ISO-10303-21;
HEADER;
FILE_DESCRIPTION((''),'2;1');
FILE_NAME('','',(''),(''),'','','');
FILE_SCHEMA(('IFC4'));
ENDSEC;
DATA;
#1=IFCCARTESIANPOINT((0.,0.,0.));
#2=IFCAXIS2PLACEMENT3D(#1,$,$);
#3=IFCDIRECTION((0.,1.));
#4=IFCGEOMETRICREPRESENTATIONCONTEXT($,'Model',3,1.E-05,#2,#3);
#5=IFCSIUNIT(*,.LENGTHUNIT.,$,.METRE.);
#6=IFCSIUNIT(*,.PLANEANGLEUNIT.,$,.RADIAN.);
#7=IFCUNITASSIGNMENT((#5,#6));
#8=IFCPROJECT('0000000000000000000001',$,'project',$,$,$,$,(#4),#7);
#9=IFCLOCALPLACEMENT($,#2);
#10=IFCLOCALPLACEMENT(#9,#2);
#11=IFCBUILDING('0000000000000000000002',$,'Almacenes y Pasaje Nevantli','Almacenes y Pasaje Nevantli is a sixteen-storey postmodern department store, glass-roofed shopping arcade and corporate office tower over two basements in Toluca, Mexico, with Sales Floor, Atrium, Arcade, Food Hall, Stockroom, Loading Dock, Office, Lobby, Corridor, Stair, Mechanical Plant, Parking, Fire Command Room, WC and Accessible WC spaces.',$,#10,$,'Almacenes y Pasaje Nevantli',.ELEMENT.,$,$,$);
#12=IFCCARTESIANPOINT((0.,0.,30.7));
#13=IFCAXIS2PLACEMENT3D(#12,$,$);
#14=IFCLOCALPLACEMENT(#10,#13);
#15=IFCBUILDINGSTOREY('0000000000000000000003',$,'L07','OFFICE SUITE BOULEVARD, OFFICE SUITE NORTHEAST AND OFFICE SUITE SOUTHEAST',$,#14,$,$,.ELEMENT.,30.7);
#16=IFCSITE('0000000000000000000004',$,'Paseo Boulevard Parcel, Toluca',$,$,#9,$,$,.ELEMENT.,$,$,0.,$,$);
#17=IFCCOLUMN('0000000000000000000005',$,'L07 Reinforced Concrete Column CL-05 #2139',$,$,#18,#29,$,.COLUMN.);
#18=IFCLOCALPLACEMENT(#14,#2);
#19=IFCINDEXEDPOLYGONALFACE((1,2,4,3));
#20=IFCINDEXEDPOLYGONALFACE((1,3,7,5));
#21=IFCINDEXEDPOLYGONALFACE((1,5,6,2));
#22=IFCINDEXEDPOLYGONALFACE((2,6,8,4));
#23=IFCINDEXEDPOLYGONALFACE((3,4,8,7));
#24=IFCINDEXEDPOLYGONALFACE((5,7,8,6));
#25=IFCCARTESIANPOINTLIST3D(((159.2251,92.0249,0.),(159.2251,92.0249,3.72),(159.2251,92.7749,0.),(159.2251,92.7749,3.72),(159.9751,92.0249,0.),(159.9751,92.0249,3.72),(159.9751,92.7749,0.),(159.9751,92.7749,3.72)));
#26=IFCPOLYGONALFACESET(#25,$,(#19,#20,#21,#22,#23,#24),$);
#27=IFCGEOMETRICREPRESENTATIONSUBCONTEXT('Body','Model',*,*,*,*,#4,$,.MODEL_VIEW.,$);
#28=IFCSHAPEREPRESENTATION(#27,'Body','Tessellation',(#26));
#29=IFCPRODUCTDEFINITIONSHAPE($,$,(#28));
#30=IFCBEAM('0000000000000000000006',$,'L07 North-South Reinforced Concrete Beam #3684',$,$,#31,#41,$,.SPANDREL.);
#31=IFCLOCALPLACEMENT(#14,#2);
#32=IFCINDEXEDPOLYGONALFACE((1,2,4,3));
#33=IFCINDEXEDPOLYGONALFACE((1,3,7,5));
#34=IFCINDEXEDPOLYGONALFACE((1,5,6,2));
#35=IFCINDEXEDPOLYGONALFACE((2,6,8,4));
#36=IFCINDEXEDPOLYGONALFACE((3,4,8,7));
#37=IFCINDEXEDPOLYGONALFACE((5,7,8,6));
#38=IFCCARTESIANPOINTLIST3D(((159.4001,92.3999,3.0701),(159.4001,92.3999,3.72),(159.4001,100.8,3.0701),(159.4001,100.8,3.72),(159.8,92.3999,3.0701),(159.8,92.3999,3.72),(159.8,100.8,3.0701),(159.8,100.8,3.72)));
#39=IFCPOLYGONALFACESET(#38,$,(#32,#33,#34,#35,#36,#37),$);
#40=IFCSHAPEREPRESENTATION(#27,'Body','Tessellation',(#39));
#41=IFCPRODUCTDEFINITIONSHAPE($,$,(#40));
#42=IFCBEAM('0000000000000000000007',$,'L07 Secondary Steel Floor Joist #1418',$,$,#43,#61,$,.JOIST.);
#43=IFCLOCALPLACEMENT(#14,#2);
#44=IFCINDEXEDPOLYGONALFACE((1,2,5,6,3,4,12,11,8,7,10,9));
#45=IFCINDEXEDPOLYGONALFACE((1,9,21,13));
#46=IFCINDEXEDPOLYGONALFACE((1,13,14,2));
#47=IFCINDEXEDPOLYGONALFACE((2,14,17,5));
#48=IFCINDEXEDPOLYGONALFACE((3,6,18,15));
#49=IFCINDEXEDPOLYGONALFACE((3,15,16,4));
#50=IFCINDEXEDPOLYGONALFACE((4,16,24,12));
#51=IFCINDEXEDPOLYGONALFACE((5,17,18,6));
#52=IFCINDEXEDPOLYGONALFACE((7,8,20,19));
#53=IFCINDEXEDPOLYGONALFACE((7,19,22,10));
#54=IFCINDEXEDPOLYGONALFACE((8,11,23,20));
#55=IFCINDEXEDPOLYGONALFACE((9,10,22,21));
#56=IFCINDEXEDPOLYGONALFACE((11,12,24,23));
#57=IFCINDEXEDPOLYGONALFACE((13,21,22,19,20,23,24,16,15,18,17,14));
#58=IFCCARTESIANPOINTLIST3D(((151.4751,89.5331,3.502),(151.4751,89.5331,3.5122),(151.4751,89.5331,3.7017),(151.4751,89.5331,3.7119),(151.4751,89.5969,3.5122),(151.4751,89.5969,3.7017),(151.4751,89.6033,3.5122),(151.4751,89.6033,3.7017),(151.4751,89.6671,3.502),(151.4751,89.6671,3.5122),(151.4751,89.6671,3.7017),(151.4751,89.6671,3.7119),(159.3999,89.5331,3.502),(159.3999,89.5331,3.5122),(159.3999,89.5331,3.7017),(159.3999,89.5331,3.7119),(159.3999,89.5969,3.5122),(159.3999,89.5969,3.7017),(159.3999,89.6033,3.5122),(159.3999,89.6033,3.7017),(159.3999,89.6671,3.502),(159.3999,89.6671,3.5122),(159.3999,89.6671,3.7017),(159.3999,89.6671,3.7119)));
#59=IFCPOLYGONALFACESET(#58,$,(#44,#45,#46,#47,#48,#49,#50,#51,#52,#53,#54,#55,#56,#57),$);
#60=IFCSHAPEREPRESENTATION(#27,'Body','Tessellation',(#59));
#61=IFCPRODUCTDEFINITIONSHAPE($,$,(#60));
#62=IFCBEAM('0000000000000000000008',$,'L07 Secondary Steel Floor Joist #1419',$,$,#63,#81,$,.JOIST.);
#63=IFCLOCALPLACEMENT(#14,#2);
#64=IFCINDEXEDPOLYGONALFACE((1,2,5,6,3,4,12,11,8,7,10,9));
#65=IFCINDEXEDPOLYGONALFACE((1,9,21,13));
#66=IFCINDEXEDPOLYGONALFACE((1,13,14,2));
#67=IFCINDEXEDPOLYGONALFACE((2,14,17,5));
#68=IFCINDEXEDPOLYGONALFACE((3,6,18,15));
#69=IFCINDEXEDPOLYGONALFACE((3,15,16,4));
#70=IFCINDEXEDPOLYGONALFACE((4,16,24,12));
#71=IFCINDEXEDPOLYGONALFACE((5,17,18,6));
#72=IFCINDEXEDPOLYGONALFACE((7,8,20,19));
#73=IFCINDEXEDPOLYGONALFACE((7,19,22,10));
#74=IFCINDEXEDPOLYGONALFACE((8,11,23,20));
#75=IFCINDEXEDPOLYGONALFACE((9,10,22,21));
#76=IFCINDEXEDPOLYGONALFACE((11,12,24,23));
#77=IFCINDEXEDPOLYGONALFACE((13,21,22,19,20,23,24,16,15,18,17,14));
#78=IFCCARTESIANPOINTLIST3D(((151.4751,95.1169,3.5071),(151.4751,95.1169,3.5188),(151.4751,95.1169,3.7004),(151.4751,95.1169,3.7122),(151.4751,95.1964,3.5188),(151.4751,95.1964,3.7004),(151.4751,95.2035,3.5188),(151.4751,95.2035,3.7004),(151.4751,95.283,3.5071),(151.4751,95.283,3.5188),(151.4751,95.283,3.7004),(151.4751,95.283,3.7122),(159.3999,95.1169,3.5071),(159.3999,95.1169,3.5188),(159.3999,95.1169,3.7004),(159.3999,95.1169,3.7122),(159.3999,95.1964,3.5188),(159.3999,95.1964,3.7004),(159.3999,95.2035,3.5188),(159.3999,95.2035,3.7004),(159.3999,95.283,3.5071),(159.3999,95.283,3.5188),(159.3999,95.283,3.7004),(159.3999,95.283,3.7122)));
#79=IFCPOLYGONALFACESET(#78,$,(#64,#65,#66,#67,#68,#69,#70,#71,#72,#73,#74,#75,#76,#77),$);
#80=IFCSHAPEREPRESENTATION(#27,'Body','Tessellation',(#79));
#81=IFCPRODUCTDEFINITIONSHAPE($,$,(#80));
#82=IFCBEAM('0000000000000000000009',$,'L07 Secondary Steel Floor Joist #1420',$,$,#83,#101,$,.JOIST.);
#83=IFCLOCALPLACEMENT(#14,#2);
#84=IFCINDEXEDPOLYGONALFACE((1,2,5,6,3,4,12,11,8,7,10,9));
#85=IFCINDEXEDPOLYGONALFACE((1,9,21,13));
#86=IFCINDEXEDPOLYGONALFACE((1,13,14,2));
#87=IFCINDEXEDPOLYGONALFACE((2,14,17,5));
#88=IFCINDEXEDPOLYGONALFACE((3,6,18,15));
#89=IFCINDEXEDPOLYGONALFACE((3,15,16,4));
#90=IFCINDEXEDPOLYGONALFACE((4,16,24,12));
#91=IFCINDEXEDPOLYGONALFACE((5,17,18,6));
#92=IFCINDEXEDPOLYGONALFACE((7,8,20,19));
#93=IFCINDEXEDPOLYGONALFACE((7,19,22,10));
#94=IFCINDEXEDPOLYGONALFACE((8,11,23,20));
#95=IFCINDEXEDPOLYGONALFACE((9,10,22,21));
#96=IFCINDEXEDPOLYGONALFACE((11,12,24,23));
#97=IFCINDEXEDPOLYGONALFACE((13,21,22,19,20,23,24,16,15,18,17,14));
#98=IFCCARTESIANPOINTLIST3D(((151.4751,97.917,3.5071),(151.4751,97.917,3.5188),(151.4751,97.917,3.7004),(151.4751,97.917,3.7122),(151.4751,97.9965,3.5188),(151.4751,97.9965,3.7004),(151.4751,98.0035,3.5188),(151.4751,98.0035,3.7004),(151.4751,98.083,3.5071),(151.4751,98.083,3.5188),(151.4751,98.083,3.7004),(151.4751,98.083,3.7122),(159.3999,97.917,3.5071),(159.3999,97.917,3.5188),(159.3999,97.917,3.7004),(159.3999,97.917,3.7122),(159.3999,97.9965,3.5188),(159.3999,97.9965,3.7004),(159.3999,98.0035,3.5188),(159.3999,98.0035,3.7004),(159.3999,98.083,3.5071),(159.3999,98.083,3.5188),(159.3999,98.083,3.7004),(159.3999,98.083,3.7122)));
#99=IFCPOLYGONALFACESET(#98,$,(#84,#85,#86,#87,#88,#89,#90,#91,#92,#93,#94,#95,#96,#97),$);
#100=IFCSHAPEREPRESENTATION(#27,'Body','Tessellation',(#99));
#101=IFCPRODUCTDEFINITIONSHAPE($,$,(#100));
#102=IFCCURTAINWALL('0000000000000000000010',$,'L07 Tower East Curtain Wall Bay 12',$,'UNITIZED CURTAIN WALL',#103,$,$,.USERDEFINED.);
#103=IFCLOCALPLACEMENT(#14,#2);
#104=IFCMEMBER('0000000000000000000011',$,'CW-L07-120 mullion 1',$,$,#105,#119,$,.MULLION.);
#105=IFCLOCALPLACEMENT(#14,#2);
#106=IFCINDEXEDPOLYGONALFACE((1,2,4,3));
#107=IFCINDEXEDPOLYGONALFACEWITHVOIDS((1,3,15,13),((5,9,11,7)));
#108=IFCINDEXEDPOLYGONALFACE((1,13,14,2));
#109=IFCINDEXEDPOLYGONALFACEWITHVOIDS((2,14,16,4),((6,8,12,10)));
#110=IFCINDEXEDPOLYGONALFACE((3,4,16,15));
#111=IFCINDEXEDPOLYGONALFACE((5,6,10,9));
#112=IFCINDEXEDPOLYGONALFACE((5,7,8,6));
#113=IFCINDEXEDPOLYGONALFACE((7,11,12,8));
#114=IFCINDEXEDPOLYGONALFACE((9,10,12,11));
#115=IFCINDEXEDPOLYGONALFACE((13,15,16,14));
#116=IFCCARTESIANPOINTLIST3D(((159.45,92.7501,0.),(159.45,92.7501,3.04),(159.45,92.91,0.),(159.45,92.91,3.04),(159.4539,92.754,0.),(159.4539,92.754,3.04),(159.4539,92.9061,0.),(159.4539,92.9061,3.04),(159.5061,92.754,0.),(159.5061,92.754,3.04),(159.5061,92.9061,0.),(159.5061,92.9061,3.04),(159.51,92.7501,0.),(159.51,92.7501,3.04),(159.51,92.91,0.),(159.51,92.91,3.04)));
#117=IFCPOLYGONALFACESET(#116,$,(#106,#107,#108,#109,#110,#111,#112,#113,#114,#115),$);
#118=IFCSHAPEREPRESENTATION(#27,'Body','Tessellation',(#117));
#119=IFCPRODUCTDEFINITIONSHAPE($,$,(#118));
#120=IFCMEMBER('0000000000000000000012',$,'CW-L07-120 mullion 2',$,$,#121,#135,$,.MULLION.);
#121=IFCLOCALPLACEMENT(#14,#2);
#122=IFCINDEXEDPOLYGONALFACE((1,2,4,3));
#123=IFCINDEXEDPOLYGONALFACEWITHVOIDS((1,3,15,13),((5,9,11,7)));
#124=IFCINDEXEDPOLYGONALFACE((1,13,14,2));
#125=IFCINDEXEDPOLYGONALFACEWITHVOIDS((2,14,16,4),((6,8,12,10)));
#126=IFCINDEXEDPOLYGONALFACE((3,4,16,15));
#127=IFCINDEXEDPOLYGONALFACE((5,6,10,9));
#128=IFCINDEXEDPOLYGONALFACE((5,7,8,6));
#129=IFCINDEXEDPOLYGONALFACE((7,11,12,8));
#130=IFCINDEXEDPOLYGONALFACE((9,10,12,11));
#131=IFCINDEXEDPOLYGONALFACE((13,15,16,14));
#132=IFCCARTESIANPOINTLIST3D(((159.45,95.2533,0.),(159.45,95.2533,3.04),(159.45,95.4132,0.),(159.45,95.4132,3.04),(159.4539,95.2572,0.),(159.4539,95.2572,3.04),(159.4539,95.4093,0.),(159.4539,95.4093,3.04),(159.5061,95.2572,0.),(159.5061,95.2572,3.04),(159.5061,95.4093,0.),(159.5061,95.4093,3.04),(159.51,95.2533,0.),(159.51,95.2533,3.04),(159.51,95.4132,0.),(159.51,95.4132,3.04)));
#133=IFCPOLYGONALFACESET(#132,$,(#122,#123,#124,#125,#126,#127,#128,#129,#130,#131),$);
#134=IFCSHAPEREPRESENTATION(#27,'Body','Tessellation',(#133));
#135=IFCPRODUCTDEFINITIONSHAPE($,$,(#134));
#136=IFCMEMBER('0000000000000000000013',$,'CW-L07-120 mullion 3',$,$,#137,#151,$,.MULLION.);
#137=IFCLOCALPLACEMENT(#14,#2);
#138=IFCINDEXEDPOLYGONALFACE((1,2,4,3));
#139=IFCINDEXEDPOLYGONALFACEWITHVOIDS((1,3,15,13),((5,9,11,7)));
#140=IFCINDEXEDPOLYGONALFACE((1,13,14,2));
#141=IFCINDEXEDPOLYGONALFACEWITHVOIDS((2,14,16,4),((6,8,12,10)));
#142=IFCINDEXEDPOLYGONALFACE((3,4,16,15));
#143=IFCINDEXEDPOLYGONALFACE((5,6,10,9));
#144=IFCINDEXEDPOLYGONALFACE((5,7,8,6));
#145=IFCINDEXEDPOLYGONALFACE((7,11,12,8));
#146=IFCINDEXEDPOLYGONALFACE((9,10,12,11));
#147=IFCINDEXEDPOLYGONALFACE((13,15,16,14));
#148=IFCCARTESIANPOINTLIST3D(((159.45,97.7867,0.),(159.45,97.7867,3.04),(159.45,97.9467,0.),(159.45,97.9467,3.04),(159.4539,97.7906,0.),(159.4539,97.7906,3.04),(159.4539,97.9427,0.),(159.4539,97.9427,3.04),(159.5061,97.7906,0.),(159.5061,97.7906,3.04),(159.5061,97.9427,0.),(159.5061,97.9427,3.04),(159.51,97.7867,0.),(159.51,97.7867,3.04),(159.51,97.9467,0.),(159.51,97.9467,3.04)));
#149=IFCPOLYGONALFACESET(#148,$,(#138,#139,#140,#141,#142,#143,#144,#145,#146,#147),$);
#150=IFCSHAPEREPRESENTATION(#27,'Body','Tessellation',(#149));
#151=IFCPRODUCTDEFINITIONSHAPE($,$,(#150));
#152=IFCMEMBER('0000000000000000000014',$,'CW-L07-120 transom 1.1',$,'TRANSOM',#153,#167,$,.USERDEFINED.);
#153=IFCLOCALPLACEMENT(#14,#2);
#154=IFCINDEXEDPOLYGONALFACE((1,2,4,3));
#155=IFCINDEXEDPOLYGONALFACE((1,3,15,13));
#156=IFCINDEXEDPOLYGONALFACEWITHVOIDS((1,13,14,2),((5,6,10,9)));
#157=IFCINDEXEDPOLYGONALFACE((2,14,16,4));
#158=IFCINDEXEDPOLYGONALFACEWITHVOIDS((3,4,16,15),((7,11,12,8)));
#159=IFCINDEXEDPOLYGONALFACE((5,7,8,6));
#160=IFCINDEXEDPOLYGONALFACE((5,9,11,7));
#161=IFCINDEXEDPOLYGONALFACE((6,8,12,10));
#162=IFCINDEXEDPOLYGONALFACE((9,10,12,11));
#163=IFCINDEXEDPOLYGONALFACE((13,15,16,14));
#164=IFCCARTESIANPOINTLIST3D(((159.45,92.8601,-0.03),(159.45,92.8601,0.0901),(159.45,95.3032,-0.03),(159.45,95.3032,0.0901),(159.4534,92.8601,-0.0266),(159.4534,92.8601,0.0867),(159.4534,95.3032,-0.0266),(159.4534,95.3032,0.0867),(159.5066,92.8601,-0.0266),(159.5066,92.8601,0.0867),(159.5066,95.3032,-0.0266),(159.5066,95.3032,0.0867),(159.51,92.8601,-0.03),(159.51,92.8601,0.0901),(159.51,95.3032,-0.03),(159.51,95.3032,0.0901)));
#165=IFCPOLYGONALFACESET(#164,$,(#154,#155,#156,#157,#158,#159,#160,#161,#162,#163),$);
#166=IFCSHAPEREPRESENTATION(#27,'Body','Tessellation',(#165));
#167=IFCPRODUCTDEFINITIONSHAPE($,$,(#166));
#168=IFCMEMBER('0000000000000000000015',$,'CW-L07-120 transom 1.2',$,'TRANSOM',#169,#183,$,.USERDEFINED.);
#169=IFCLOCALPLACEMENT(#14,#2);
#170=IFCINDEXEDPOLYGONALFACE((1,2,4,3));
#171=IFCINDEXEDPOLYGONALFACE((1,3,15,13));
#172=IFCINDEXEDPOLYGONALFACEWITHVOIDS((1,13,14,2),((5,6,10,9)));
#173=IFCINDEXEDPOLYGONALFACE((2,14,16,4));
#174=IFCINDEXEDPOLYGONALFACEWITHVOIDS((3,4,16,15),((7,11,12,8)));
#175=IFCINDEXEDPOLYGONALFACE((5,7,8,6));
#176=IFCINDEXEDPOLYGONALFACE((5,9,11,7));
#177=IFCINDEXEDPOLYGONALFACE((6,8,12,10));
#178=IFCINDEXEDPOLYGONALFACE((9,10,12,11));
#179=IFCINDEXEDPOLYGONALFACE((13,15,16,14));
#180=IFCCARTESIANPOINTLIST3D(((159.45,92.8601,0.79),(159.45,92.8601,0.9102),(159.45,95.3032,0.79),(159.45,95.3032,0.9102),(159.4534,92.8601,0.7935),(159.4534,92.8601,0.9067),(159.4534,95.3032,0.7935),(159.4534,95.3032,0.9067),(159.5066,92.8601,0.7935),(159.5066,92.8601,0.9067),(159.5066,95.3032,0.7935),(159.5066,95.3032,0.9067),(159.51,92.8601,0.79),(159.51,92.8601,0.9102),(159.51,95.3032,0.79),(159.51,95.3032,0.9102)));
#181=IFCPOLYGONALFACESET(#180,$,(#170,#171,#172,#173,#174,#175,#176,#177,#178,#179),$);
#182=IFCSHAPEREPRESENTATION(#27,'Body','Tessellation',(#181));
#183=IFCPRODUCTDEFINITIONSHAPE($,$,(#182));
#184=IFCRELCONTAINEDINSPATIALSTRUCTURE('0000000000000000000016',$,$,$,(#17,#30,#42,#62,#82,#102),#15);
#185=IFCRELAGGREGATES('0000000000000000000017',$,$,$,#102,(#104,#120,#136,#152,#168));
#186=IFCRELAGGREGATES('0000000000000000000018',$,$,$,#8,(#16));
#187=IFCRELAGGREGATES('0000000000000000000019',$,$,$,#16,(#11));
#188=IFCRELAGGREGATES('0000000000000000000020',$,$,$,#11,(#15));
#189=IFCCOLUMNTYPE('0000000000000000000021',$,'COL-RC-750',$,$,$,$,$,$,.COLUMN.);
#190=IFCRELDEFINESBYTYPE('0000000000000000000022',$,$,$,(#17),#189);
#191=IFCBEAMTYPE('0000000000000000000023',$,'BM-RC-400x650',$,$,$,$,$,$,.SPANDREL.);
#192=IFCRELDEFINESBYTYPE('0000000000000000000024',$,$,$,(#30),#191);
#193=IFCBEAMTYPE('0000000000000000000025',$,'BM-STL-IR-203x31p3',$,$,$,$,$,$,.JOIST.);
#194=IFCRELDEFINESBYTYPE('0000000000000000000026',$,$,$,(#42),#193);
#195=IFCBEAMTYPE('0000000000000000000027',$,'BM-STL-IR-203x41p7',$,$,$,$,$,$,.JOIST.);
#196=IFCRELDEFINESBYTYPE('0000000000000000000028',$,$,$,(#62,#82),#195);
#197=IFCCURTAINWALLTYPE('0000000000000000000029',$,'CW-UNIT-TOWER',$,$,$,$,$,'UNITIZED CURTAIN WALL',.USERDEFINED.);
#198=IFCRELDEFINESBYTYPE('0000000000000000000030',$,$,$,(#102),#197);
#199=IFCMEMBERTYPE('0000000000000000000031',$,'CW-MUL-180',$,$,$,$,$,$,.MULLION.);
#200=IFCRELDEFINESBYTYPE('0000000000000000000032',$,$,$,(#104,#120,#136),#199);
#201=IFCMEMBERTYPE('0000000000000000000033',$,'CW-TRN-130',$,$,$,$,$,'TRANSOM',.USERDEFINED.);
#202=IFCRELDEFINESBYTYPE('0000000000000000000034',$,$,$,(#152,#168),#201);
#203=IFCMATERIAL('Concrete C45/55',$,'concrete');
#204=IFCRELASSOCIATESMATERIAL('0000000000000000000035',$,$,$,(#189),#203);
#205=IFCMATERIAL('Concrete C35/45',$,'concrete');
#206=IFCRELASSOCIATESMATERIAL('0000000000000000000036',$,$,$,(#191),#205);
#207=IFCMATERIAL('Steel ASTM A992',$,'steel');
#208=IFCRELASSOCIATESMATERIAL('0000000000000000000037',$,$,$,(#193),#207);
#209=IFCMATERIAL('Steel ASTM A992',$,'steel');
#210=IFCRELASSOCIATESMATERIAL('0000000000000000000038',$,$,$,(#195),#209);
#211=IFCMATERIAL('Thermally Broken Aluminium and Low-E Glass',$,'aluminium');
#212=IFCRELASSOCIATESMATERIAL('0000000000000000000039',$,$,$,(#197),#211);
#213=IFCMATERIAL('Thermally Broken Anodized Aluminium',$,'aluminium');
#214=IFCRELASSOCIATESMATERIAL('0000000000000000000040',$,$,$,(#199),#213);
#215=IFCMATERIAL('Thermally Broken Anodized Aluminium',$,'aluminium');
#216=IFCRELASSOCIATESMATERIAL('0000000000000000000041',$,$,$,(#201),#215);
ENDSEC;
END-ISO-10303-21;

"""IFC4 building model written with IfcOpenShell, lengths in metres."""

from ifc_helpers import new_model, si_unit, direction, frame, origin, origin_2d, place, context, subcontext, project, spatial, rectangle, hollow_rectangle, i_section, extrude, material, material_profile, profile_set, type_object, element, aggregate, save


model = new_model("IFC4")

# Units and contexts
model_context = context("Model", 3, precision=1e-05, world=origin(), true_north=direction((0.0, 1.0)))
body_context = subcontext(model_context, "Body", "Model", "MODEL_VIEW")
ifc_project = project(units=[si_unit("LENGTHUNIT", "METRE"), si_unit("PLANEANGLEUNIT", "RADIAN")], contexts=[model_context])

# Site, building, storey
site_placement = place(None, origin())
site = spatial("IfcSite", under=ifc_project, at=site_placement, Name="Paseo Boulevard Parcel, Toluca", CompositionType="ELEMENT", RefElevation=0.0)
building_placement = place(site_placement, origin())
building = spatial("IfcBuilding", under=site, at=building_placement, Name="Almacenes y Pasaje Nevantli", Description="Almacenes y Pasaje Nevantli is a sixteen-storey postmodern department store, glass-roofed shopping arcade and corporate office tower over two basements in Toluca, Mexico, with Sales Floor, Atrium, Arcade, Food Hall, Stockroom, Loading Dock, Office, Lobby, Corridor, Stair, Mechanical Plant, Parking, Fire Command Room, WC and Accessible WC spaces.", LongName="Almacenes y Pasaje Nevantli", CompositionType="ELEMENT")
storey_placement = place(building_placement, frame((0.0, 0.0, 30.7)))
storey = spatial("IfcBuildingStorey", under=building, at=storey_placement, Name="L07", Description="OFFICE SUITE BOULEVARD, OFFICE SUITE NORTHEAST AND OFFICE SUITE SOUTHEAST", CompositionType="ELEMENT", Elevation=30.7)

# Column
ifc_material_1 = material(Name="Concrete C45/55", Category="concrete")
ifc_material_profile_1 = material_profile(ifc_material_1, rectangle(XDim=0.75, YDim=0.75, at=origin_2d()), Name="RC-COL-750x750")
ifc_profile_set_1 = profile_set([ifc_material_profile_1], Name="Concrete C45/55")
column_type = type_object("IfcColumnType", Name="COL-RC-750", PredefinedType="COLUMN", material=ifc_profile_set_1)
column_placement = place(storey_placement, frame((159.6001, 92.3999, 0.0), z_axis=(0.0, 0.0, 1.0), x_axis=(1.0, 0.0, 0.0)))
element("IfcColumn", 1, at=column_placement, inside=storey, type_object=column_type, Name="L07 Reinforced Concrete Column CL-05 #2139", PredefinedType="COLUMN", context=body_context, shape_type="SweptSolid", body=[
    extrude(rectangle(XDim=0.75, YDim=0.75, at=origin_2d()), origin(), (0.0, 0.0, 1.0), 3.72),
])

# Beams
ifc_material_2 = material(Name="Concrete C35/45", Category="concrete")
ifc_material_profile_2 = material_profile(ifc_material_2, rectangle(XDim=0.3999, YDim=0.6499, at=origin_2d()), Name="RC-BM-400x650")
ifc_profile_set_2 = profile_set([ifc_material_profile_2], Name="Concrete C35/45")
beam_type_1 = type_object("IfcBeamType", Name="BM-RC-400x650", PredefinedType="SPANDREL", material=ifc_profile_set_2)
beam_1_placement = place(storey_placement, frame((159.6001, 92.3999, 3.395), z_axis=(0.0, 1.0, 0.0), x_axis=(-1.0, 0.0, 0.0)))
element("IfcBeam", 2, at=beam_1_placement, inside=storey, type_object=beam_type_1, Name="L07 North-South Reinforced Concrete Beam #3684", PredefinedType="SPANDREL", context=body_context, shape_type="SweptSolid", body=[
    extrude(rectangle(XDim=0.3999, YDim=0.6499, at=origin_2d()), origin(), (0.0, 0.0, 1.0), 8.4001),
])
ifc_material_3 = material(Name="Steel ASTM A992", Category="steel")
ifc_material_profile_3 = material_profile(ifc_material_3, i_section(OverallWidth=0.134, OverallDepth=0.21, WebThickness=0.0063, FlangeThickness=0.0103, at=origin_2d()), Name="IR 203x31.3")
ifc_profile_set_3 = profile_set([ifc_material_profile_3], Name="Steel ASTM A992")
beam_type_2 = type_object("IfcBeamType", Name="BM-STL-IR-203x31p3", PredefinedType="JOIST", material=ifc_profile_set_3)
beam_2_placement = place(storey_placement, frame((151.4751, 89.6001, 3.6069), z_axis=(1.0, 0.0, 0.0), x_axis=(0.0, 1.0, 0.0)))
element("IfcBeam", 3, at=beam_2_placement, inside=storey, type_object=beam_type_2, Name="L07 Secondary Steel Floor Joist #1418", PredefinedType="JOIST", context=body_context, shape_type="SweptSolid", body=[
    extrude(i_section(OverallWidth=0.134, OverallDepth=0.21, WebThickness=0.0063, FlangeThickness=0.0103, at=origin_2d()), origin(), (0.0, 0.0, 1.0), 7.9248),
])
ifc_material_4 = material(Name="Steel ASTM A992", Category="steel")
ifc_material_profile_4 = material_profile(ifc_material_4, i_section(OverallWidth=0.166, OverallDepth=0.2051, WebThickness=0.0071, FlangeThickness=0.0117, at=origin_2d()), Name="IR 203x41.7")
ifc_profile_set_4 = profile_set([ifc_material_profile_4], Name="Steel ASTM A992")
beam_type_3 = type_object("IfcBeamType", Name="BM-STL-IR-203x41p7", PredefinedType="JOIST", material=ifc_profile_set_4)
for number, where, z_axis, x_axis, name in (
    (4, (151.4751, 95.2, 3.6096), (1.0, 0.0, 0.0), (0.0, 1.0, 0.0), "L07 Secondary Steel Floor Joist #1419"),
    (5, (151.4751, 98.0, 3.6096), (1.0, 0.0, 0.0), (0.0, 1.0, 0.0), "L07 Secondary Steel Floor Joist #1420"),
):
    element("IfcBeam", number, at=place(storey_placement, frame(where, z_axis=z_axis, x_axis=x_axis)), inside=storey, type_object=beam_type_3, Name=name, PredefinedType="JOIST", context=body_context, shape_type="SweptSolid", body=[
        extrude(i_section(OverallWidth=0.166, OverallDepth=0.2051, WebThickness=0.0071, FlangeThickness=0.0117, at=origin_2d()), origin(), (0.0, 0.0, 1.0), 7.9248),
    ])

# Curtain wall, members
ifc_material_5 = material(Name="Thermally Broken Aluminium and Low-E Glass", Category="aluminium")
curtain_wall_type = type_object("IfcCurtainWallType", Name="CW-UNIT-TOWER", ElementType="UNITIZED CURTAIN WALL", PredefinedType="USERDEFINED", material=ifc_material_5)
curtain_wall_placement = place(storey_placement, origin())
curtain_wall = element("IfcCurtainWall", 6, at=curtain_wall_placement, inside=storey, type_object=curtain_wall_type, Name="L07 Tower East Curtain Wall Bay 12", ObjectType="UNITIZED CURTAIN WALL", PredefinedType="USERDEFINED")
ifc_material_6 = material(Name="Thermally Broken Anodized Aluminium", Category="aluminium")
ifc_material_profile_5 = material_profile(ifc_material_6, hollow_rectangle(XDim=0.0601, YDim=0.1599, WallThickness=0.0039, at=origin_2d()), Name="ALU-MUL-60x160")
ifc_profile_set_5 = profile_set([ifc_material_profile_5], Name="Thermally Broken Anodized Aluminium")
member_type_1 = type_object("IfcMemberType", Name="CW-MUL-180", PredefinedType="MULLION", material=ifc_profile_set_5)
member_1_placement = place(storey_placement, frame((159.48, 92.8301, 0.0), z_axis=(0.0, 0.0, 1.0), x_axis=(-1.0, 0.0, 0.0)))
member_1 = element("IfcMember", 7, at=member_1_placement, type_object=member_type_1, Name="CW-L07-120 mullion 1", PredefinedType="MULLION", context=body_context, shape_type="SweptSolid", body=[
    extrude(hollow_rectangle(XDim=0.0601, YDim=0.1599, WallThickness=0.0039, at=origin_2d()), origin(), (0.0, 0.0, 1.0), 3.04),
])
member_2_placement = place(storey_placement, frame((159.48, 95.3333, 0.0), z_axis=(0.0, 0.0, 1.0), x_axis=(-1.0, 0.0, 0.0)))
member_2 = element("IfcMember", 8, at=member_2_placement, type_object=member_type_1, Name="CW-L07-120 mullion 2", PredefinedType="MULLION", context=body_context, shape_type="SweptSolid", body=[
    extrude(hollow_rectangle(XDim=0.0601, YDim=0.1599, WallThickness=0.0039, at=origin_2d()), origin(), (0.0, 0.0, 1.0), 3.04),
])
member_3_placement = place(storey_placement, frame((159.48, 97.8667, 0.0), z_axis=(0.0, 0.0, 1.0), x_axis=(-1.0, 0.0, 0.0)))
member_3 = element("IfcMember", 9, at=member_3_placement, type_object=member_type_1, Name="CW-L07-120 mullion 3", PredefinedType="MULLION", context=body_context, shape_type="SweptSolid", body=[
    extrude(hollow_rectangle(XDim=0.0601, YDim=0.1599, WallThickness=0.0039, at=origin_2d()), origin(), (0.0, 0.0, 1.0), 3.04),
])
ifc_material_7 = material(Name="Thermally Broken Anodized Aluminium", Category="aluminium")
ifc_material_profile_6 = material_profile(ifc_material_7, hollow_rectangle(XDim=0.0601, YDim=0.1201, WallThickness=0.0034, at=origin_2d()), Name="ALU-TRN-60x120")
ifc_profile_set_6 = profile_set([ifc_material_profile_6], Name="Thermally Broken Anodized Aluminium")
member_type_2 = type_object("IfcMemberType", Name="CW-TRN-130", ElementType="TRANSOM", PredefinedType="USERDEFINED", material=ifc_profile_set_6)
member_4_placement = place(storey_placement, frame((159.48, 92.8601, 0.03), z_axis=(0.0, 1.0, 0.0), x_axis=(-1.0, 0.0, 0.0)))
member_4 = element("IfcMember", 10, at=member_4_placement, type_object=member_type_2, Name="CW-L07-120 transom 1.1", ObjectType="TRANSOM", PredefinedType="USERDEFINED", context=body_context, shape_type="SweptSolid", body=[
    extrude(hollow_rectangle(XDim=0.0601, YDim=0.1201, WallThickness=0.0034, at=origin_2d()), origin(), (0.0, 0.0, 1.0), 2.4431),
])
member_5_placement = place(storey_placement, frame((159.48, 92.8601, 0.8501), z_axis=(0.0, 1.0, 0.0), x_axis=(-1.0, 0.0, 0.0)))
member_5 = element("IfcMember", 11, at=member_5_placement, type_object=member_type_2, Name="CW-L07-120 transom 1.2", ObjectType="TRANSOM", PredefinedType="USERDEFINED", context=body_context, shape_type="SweptSolid", body=[
    extrude(hollow_rectangle(XDim=0.0601, YDim=0.1201, WallThickness=0.0034, at=origin_2d()), origin(), (0.0, 0.0, 1.0), 2.4431),
])
aggregate(curtain_wall, [member_1, member_2, member_3, member_4, member_5])

save(model, "model.ifc")
